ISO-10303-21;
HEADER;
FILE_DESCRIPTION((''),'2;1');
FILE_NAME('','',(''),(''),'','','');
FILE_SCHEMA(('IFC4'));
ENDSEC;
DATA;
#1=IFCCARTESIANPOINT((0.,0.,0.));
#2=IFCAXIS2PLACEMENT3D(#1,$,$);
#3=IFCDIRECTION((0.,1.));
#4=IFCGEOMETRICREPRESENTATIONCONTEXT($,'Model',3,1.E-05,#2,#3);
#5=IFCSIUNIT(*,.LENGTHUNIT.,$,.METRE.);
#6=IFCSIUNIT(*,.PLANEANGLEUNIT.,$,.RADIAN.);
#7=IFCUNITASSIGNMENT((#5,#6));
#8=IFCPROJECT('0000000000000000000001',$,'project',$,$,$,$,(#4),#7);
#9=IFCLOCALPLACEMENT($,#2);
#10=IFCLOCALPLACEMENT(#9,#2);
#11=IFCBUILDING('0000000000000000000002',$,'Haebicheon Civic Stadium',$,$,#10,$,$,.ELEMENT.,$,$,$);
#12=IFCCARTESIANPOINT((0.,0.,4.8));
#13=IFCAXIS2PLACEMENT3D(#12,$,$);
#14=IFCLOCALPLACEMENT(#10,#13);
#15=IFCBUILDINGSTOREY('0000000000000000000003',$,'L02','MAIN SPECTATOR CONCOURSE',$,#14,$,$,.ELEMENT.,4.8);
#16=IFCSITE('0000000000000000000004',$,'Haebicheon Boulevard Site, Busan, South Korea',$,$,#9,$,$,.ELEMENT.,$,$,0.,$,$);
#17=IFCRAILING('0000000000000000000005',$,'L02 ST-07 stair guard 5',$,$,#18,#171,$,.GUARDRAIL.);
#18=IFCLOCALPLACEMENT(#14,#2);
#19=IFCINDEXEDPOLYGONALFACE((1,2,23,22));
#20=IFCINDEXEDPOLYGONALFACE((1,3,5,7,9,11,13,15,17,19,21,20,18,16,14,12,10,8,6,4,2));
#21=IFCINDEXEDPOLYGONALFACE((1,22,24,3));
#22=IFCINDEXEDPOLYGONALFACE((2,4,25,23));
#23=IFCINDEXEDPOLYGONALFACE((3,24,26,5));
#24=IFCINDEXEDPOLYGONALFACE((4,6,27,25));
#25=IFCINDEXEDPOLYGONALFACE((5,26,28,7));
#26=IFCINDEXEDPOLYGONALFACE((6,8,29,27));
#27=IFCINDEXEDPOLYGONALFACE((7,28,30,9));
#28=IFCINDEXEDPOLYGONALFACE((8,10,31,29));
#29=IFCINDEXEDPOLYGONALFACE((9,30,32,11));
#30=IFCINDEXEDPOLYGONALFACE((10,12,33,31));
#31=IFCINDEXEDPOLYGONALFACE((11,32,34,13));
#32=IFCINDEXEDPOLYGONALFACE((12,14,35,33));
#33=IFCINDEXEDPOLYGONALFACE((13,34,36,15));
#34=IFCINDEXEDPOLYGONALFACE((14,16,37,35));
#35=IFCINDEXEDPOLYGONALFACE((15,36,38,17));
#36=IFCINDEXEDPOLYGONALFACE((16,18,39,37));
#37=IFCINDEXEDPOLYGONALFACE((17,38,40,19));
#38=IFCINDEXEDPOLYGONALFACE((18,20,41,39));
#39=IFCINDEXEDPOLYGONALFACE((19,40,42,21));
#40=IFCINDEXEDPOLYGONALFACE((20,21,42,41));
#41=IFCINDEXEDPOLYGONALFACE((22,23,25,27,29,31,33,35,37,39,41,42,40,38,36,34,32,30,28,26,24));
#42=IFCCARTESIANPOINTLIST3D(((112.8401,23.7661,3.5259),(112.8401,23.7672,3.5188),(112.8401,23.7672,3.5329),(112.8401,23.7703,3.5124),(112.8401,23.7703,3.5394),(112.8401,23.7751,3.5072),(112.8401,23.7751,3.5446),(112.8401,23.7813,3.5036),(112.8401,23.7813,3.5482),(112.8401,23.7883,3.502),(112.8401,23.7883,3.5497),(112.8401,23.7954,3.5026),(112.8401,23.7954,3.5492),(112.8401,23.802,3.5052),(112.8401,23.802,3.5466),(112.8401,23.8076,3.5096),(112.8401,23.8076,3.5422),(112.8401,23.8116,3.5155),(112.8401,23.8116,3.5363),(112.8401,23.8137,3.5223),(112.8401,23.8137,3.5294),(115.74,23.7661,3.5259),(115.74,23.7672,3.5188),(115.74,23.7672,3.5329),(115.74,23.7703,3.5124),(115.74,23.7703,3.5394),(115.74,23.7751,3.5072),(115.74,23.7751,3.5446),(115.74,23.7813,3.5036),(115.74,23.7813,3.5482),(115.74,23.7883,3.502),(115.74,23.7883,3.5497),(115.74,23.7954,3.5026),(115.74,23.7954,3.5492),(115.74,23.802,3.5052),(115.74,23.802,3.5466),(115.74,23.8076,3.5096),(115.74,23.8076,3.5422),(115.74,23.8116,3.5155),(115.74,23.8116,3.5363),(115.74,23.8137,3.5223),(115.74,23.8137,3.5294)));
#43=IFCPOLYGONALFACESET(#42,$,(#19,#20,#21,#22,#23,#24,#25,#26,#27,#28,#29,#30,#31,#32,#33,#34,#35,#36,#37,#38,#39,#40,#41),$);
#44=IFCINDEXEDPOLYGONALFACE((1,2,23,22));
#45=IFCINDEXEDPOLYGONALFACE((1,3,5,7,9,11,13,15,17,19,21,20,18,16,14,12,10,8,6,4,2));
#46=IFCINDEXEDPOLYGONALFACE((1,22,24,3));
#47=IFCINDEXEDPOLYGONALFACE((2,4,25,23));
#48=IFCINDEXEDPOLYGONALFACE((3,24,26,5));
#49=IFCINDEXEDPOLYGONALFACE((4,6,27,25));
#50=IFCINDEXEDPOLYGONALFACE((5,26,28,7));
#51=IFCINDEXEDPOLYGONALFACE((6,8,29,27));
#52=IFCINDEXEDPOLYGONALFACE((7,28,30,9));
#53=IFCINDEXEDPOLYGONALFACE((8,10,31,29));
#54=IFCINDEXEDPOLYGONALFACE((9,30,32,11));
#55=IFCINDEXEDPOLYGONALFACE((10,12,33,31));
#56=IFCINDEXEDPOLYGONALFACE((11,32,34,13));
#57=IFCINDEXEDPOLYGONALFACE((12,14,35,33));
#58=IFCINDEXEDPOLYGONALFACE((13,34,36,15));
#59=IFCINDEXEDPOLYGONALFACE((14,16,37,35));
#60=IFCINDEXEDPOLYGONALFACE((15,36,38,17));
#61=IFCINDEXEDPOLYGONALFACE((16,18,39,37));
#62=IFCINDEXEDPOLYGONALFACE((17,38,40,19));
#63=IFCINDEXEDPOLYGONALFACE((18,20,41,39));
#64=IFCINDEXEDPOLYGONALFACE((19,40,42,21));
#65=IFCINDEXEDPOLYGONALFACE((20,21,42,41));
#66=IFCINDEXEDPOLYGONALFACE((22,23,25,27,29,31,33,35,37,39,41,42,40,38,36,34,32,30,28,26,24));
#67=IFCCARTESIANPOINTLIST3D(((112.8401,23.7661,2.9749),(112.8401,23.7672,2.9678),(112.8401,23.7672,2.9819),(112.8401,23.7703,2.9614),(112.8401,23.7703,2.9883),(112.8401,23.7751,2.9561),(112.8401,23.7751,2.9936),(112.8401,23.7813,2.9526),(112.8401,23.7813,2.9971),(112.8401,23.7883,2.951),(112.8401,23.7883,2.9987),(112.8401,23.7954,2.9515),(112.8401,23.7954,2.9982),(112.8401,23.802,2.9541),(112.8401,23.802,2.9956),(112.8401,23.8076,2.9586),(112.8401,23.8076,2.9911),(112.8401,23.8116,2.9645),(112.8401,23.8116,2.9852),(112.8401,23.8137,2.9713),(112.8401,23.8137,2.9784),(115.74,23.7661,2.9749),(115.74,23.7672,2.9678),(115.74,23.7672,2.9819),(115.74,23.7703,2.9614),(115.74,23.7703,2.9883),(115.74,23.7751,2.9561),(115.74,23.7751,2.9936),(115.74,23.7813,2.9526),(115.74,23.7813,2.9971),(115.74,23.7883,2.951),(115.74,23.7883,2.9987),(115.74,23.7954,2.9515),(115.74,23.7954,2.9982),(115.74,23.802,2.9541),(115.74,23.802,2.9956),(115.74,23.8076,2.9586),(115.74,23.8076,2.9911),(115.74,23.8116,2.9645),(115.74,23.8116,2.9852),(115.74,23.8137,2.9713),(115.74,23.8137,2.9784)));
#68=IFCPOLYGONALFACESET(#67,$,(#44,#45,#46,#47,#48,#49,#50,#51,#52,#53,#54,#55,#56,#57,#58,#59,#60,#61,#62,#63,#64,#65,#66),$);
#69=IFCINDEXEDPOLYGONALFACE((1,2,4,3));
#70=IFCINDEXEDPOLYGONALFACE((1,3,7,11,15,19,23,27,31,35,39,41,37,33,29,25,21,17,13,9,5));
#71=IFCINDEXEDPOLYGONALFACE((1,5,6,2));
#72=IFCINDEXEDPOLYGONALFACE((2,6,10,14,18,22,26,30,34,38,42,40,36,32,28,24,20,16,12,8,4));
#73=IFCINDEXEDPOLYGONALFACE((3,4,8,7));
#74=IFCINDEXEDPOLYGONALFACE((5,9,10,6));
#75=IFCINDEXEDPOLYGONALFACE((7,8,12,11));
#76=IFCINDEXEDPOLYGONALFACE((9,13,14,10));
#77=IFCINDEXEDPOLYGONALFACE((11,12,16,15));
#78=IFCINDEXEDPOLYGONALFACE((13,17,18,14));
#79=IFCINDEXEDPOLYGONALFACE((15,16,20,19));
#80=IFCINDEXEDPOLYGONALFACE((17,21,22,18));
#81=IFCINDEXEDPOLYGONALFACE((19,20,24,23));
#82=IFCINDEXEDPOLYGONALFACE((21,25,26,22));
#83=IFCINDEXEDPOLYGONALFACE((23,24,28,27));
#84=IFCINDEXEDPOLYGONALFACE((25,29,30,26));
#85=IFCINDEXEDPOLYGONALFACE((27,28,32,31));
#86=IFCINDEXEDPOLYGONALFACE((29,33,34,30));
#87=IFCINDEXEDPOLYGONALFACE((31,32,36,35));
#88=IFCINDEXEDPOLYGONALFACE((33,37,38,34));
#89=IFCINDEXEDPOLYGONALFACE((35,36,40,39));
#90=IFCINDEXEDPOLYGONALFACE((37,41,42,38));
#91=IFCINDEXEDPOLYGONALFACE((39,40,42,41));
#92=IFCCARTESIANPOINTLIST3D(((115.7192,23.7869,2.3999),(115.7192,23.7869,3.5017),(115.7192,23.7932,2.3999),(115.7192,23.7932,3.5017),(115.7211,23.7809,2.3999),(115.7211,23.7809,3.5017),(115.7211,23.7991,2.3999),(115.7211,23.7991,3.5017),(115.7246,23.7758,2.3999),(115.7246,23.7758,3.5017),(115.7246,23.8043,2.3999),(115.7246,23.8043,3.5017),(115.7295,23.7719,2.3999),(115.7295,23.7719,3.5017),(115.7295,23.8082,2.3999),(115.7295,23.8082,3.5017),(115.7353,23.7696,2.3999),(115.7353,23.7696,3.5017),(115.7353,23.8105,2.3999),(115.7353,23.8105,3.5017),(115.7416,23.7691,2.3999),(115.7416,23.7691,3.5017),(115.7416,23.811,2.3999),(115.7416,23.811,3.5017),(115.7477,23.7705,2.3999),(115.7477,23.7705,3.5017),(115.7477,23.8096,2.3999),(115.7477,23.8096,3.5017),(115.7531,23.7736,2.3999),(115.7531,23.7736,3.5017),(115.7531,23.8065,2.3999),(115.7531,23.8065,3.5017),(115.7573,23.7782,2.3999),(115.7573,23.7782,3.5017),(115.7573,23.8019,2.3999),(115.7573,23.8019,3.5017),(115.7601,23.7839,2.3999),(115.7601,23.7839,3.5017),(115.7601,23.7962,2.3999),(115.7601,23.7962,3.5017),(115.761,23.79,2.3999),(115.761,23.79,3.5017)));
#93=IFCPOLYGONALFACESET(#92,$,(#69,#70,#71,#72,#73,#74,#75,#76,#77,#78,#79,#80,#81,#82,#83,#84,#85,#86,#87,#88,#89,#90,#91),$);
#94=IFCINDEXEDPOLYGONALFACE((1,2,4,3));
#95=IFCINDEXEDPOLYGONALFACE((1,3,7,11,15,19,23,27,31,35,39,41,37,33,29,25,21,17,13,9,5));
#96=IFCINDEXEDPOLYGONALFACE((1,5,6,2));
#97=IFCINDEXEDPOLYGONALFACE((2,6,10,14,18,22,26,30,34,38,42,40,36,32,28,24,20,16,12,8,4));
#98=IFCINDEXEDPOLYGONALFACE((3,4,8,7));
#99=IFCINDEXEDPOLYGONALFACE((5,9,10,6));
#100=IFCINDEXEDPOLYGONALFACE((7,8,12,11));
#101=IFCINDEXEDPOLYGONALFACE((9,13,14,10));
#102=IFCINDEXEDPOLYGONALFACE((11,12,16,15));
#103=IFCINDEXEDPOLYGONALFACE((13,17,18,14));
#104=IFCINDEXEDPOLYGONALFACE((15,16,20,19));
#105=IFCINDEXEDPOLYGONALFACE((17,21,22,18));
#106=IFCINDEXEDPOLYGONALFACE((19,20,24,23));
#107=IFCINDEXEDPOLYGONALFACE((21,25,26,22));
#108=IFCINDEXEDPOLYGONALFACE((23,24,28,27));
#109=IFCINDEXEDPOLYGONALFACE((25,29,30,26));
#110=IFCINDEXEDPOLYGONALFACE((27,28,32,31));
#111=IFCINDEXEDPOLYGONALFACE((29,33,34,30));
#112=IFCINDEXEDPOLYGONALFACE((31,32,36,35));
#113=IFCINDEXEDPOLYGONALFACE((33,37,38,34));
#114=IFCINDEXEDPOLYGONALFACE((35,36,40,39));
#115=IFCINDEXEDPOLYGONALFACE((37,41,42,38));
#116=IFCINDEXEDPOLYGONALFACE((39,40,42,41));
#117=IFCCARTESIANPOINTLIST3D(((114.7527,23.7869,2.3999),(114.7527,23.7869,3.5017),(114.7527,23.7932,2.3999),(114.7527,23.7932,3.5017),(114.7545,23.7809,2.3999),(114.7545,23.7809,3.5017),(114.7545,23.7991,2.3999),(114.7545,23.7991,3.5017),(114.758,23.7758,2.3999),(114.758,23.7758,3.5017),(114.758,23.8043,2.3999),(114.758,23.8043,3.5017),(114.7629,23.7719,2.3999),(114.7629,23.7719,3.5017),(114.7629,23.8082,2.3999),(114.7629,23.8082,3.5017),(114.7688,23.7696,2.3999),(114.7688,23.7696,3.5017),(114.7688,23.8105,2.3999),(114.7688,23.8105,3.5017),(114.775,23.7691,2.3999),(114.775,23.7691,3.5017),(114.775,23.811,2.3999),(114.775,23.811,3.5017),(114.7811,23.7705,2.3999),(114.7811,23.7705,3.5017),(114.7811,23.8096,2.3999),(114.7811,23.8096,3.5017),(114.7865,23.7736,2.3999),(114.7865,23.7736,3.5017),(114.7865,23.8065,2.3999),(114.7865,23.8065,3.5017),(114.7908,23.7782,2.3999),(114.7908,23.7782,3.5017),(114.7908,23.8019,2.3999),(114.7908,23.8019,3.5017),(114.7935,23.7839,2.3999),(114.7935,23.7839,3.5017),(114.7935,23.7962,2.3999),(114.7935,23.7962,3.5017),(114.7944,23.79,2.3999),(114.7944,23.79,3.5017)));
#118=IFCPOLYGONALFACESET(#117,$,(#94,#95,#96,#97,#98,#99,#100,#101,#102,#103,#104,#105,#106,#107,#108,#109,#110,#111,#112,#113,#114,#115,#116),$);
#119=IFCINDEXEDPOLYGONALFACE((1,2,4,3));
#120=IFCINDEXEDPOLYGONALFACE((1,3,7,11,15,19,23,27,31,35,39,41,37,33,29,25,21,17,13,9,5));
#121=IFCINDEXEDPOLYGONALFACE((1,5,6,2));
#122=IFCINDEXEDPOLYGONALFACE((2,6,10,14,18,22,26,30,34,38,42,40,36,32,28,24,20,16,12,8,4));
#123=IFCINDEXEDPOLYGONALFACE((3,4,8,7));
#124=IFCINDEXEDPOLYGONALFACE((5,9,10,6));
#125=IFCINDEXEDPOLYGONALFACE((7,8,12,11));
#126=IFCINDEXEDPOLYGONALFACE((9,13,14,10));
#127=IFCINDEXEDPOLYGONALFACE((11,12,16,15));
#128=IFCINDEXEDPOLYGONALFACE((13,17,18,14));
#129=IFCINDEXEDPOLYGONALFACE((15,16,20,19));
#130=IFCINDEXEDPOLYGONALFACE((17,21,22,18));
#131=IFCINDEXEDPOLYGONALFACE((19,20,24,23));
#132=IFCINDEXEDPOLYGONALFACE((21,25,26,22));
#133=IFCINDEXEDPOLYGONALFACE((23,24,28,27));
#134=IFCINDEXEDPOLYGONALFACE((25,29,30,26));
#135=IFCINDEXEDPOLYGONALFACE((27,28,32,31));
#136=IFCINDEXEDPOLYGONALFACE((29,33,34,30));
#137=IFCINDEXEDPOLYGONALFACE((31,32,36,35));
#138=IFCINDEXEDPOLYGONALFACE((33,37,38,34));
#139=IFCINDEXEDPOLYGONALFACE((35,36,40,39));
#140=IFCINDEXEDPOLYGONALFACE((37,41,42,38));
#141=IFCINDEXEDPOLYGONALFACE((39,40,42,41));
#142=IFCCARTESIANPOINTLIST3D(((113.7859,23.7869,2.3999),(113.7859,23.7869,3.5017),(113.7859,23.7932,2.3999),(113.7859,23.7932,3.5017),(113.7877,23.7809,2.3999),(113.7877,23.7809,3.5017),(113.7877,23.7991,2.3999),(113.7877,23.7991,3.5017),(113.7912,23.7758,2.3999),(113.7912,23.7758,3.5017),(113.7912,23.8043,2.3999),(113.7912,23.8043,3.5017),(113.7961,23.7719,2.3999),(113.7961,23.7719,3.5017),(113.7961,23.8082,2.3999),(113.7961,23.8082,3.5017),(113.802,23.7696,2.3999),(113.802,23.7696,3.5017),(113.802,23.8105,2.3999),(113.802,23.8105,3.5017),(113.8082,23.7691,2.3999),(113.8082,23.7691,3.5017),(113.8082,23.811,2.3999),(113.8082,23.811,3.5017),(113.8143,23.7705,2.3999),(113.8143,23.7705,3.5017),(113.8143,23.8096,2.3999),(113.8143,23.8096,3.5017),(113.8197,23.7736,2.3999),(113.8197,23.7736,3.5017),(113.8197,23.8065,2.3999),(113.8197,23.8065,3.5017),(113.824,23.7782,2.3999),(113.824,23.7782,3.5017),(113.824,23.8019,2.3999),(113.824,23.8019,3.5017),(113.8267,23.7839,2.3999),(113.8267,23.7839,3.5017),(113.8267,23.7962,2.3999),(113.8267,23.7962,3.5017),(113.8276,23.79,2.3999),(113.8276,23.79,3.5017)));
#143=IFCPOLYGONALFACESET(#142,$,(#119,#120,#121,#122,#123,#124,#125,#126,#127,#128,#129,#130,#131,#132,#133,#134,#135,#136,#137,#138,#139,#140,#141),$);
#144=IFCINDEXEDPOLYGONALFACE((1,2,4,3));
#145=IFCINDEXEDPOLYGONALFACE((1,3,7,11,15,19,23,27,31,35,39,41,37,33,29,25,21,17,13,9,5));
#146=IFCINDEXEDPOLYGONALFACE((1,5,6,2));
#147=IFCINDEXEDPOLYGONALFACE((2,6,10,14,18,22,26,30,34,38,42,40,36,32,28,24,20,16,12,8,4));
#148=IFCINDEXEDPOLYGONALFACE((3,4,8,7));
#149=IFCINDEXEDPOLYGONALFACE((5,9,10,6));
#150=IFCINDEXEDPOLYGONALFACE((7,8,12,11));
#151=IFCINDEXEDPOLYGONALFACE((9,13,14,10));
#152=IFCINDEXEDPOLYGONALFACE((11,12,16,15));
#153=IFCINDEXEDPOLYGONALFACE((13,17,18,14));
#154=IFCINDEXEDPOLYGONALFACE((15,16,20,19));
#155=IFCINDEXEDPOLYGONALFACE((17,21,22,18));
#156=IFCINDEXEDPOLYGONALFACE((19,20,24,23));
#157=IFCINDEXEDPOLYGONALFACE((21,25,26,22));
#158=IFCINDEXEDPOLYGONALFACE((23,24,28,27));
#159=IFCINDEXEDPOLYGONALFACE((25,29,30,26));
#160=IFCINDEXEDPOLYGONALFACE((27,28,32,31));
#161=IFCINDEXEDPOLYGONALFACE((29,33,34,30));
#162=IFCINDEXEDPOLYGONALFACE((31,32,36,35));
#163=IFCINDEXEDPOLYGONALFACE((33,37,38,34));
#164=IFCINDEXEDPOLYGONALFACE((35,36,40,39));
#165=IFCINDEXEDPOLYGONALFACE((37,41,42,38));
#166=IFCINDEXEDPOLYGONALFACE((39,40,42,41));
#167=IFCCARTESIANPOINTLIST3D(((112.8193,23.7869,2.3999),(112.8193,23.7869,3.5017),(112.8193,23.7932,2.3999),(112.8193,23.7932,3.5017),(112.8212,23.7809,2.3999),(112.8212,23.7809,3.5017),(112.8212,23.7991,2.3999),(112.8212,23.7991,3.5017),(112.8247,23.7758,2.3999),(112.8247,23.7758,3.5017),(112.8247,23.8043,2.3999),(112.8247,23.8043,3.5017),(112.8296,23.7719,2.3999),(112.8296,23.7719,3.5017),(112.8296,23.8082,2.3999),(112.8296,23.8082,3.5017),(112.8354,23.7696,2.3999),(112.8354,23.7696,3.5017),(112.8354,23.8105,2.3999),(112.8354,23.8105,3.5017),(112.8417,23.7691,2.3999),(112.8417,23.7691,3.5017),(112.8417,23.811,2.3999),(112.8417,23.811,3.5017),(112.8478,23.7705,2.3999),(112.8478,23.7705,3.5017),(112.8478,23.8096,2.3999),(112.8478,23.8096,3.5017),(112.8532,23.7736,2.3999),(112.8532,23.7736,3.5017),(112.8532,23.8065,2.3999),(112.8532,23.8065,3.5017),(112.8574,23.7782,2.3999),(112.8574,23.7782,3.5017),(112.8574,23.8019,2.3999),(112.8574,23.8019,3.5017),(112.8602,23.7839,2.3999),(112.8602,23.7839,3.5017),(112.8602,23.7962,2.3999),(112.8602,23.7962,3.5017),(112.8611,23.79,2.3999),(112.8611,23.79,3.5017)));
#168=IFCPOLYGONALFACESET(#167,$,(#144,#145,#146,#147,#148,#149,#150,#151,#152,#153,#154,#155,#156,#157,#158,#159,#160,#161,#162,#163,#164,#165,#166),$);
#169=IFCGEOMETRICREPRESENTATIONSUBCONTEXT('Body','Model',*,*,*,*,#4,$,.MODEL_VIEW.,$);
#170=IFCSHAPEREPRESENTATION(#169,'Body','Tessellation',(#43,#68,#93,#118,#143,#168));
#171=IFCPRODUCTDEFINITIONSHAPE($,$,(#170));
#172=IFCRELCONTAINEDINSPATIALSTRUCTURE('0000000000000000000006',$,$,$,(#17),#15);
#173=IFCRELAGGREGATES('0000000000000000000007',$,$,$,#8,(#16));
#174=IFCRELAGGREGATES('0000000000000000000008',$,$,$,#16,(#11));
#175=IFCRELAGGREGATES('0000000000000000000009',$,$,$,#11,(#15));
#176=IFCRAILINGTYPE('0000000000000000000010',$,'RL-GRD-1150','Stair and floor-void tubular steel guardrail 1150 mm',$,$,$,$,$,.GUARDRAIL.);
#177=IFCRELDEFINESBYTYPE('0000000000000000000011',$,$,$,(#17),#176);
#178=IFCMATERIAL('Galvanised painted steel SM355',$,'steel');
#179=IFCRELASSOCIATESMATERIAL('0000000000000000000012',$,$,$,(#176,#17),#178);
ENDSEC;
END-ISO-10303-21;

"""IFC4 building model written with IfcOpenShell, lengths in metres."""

from ifc_helpers import new_model, si_unit, direction, frame, origin, origin_2d, place, context, subcontext, project, spatial, circle, extrude, material, type_object, element, save


model = new_model("IFC4")

# Units and contexts
model_context = context("Model", 3, precision=1e-05, world=origin(), true_north=direction((0.0, 1.0)))
body_context = subcontext(model_context, "Body", "Model", "MODEL_VIEW")
ifc_project = project(units=[si_unit("LENGTHUNIT", "METRE"), si_unit("PLANEANGLEUNIT", "RADIAN")], contexts=[model_context])

# Site, building, storey
site_placement = place(None, origin())
site = spatial("IfcSite", under=ifc_project, at=site_placement, Name="Haebicheon Boulevard Site, Busan, South Korea", CompositionType="ELEMENT", RefElevation=0.0)
building_placement = place(site_placement, origin())
building = spatial("IfcBuilding", under=site, at=building_placement, Name="Haebicheon Civic Stadium", CompositionType="ELEMENT")
storey_placement = place(building_placement, frame((0.0, 0.0, 4.8)))
storey = spatial("IfcBuildingStorey", under=building, at=storey_placement, Name="L02", Description="MAIN SPECTATOR CONCOURSE", CompositionType="ELEMENT", Elevation=4.8)

# Railing
ifc_material_1 = material(Name="Galvanised painted steel SM355", Category="steel")
railing_type_1 = type_object("IfcRailingType", Name="RL-GRD-1150", Description="Stair and floor-void tubular steel guardrail 1150 mm", PredefinedType="GUARDRAIL", material=ifc_material_1)
railing_1_placement = place(storey_placement, frame((115.74, 23.79, 2.3999)))
element("IfcRailing", 1, at=railing_1_placement, inside=storey, type_object=railing_type_1, material=ifc_material_1, Name="L02 ST-07 stair guard 5", PredefinedType="GUARDRAIL", context=body_context, shape_type="SweptSolid", body=[
    extrude(circle(Radius=0.0239, at=origin_2d()), frame((0.0, 0.0, 1.126), z_axis=(-1.0, 0.0, 0.0), x_axis=(0.0, -1.0, 0.0)), (0.0, 0.0, 1.0), 2.8999),
    extrude(circle(Radius=0.0239, at=origin_2d()), frame((0.0, 0.0, 0.575), z_axis=(-1.0, 0.0, 0.0), x_axis=(0.0, -1.0, 0.0)), (0.0, 0.0, 1.0), 2.8999),
    extrude(circle(Radius=0.021, at=origin_2d()), origin(), (0.0, 0.0, 1.0), 1.1018),
    extrude(circle(Radius=0.021, at=origin_2d()), frame((-0.9666, 0.0, 0.0)), (0.0, 0.0, 1.0), 1.1018),
    extrude(circle(Radius=0.021, at=origin_2d()), frame((-1.9333, 0.0, 0.0)), (0.0, 0.0, 1.0), 1.1018),
    extrude(circle(Radius=0.021, at=origin_2d()), frame((-2.8999, 0.0, 0.0)), (0.0, 0.0, 1.0), 1.1018),
])

save(model, "model.ifc")
